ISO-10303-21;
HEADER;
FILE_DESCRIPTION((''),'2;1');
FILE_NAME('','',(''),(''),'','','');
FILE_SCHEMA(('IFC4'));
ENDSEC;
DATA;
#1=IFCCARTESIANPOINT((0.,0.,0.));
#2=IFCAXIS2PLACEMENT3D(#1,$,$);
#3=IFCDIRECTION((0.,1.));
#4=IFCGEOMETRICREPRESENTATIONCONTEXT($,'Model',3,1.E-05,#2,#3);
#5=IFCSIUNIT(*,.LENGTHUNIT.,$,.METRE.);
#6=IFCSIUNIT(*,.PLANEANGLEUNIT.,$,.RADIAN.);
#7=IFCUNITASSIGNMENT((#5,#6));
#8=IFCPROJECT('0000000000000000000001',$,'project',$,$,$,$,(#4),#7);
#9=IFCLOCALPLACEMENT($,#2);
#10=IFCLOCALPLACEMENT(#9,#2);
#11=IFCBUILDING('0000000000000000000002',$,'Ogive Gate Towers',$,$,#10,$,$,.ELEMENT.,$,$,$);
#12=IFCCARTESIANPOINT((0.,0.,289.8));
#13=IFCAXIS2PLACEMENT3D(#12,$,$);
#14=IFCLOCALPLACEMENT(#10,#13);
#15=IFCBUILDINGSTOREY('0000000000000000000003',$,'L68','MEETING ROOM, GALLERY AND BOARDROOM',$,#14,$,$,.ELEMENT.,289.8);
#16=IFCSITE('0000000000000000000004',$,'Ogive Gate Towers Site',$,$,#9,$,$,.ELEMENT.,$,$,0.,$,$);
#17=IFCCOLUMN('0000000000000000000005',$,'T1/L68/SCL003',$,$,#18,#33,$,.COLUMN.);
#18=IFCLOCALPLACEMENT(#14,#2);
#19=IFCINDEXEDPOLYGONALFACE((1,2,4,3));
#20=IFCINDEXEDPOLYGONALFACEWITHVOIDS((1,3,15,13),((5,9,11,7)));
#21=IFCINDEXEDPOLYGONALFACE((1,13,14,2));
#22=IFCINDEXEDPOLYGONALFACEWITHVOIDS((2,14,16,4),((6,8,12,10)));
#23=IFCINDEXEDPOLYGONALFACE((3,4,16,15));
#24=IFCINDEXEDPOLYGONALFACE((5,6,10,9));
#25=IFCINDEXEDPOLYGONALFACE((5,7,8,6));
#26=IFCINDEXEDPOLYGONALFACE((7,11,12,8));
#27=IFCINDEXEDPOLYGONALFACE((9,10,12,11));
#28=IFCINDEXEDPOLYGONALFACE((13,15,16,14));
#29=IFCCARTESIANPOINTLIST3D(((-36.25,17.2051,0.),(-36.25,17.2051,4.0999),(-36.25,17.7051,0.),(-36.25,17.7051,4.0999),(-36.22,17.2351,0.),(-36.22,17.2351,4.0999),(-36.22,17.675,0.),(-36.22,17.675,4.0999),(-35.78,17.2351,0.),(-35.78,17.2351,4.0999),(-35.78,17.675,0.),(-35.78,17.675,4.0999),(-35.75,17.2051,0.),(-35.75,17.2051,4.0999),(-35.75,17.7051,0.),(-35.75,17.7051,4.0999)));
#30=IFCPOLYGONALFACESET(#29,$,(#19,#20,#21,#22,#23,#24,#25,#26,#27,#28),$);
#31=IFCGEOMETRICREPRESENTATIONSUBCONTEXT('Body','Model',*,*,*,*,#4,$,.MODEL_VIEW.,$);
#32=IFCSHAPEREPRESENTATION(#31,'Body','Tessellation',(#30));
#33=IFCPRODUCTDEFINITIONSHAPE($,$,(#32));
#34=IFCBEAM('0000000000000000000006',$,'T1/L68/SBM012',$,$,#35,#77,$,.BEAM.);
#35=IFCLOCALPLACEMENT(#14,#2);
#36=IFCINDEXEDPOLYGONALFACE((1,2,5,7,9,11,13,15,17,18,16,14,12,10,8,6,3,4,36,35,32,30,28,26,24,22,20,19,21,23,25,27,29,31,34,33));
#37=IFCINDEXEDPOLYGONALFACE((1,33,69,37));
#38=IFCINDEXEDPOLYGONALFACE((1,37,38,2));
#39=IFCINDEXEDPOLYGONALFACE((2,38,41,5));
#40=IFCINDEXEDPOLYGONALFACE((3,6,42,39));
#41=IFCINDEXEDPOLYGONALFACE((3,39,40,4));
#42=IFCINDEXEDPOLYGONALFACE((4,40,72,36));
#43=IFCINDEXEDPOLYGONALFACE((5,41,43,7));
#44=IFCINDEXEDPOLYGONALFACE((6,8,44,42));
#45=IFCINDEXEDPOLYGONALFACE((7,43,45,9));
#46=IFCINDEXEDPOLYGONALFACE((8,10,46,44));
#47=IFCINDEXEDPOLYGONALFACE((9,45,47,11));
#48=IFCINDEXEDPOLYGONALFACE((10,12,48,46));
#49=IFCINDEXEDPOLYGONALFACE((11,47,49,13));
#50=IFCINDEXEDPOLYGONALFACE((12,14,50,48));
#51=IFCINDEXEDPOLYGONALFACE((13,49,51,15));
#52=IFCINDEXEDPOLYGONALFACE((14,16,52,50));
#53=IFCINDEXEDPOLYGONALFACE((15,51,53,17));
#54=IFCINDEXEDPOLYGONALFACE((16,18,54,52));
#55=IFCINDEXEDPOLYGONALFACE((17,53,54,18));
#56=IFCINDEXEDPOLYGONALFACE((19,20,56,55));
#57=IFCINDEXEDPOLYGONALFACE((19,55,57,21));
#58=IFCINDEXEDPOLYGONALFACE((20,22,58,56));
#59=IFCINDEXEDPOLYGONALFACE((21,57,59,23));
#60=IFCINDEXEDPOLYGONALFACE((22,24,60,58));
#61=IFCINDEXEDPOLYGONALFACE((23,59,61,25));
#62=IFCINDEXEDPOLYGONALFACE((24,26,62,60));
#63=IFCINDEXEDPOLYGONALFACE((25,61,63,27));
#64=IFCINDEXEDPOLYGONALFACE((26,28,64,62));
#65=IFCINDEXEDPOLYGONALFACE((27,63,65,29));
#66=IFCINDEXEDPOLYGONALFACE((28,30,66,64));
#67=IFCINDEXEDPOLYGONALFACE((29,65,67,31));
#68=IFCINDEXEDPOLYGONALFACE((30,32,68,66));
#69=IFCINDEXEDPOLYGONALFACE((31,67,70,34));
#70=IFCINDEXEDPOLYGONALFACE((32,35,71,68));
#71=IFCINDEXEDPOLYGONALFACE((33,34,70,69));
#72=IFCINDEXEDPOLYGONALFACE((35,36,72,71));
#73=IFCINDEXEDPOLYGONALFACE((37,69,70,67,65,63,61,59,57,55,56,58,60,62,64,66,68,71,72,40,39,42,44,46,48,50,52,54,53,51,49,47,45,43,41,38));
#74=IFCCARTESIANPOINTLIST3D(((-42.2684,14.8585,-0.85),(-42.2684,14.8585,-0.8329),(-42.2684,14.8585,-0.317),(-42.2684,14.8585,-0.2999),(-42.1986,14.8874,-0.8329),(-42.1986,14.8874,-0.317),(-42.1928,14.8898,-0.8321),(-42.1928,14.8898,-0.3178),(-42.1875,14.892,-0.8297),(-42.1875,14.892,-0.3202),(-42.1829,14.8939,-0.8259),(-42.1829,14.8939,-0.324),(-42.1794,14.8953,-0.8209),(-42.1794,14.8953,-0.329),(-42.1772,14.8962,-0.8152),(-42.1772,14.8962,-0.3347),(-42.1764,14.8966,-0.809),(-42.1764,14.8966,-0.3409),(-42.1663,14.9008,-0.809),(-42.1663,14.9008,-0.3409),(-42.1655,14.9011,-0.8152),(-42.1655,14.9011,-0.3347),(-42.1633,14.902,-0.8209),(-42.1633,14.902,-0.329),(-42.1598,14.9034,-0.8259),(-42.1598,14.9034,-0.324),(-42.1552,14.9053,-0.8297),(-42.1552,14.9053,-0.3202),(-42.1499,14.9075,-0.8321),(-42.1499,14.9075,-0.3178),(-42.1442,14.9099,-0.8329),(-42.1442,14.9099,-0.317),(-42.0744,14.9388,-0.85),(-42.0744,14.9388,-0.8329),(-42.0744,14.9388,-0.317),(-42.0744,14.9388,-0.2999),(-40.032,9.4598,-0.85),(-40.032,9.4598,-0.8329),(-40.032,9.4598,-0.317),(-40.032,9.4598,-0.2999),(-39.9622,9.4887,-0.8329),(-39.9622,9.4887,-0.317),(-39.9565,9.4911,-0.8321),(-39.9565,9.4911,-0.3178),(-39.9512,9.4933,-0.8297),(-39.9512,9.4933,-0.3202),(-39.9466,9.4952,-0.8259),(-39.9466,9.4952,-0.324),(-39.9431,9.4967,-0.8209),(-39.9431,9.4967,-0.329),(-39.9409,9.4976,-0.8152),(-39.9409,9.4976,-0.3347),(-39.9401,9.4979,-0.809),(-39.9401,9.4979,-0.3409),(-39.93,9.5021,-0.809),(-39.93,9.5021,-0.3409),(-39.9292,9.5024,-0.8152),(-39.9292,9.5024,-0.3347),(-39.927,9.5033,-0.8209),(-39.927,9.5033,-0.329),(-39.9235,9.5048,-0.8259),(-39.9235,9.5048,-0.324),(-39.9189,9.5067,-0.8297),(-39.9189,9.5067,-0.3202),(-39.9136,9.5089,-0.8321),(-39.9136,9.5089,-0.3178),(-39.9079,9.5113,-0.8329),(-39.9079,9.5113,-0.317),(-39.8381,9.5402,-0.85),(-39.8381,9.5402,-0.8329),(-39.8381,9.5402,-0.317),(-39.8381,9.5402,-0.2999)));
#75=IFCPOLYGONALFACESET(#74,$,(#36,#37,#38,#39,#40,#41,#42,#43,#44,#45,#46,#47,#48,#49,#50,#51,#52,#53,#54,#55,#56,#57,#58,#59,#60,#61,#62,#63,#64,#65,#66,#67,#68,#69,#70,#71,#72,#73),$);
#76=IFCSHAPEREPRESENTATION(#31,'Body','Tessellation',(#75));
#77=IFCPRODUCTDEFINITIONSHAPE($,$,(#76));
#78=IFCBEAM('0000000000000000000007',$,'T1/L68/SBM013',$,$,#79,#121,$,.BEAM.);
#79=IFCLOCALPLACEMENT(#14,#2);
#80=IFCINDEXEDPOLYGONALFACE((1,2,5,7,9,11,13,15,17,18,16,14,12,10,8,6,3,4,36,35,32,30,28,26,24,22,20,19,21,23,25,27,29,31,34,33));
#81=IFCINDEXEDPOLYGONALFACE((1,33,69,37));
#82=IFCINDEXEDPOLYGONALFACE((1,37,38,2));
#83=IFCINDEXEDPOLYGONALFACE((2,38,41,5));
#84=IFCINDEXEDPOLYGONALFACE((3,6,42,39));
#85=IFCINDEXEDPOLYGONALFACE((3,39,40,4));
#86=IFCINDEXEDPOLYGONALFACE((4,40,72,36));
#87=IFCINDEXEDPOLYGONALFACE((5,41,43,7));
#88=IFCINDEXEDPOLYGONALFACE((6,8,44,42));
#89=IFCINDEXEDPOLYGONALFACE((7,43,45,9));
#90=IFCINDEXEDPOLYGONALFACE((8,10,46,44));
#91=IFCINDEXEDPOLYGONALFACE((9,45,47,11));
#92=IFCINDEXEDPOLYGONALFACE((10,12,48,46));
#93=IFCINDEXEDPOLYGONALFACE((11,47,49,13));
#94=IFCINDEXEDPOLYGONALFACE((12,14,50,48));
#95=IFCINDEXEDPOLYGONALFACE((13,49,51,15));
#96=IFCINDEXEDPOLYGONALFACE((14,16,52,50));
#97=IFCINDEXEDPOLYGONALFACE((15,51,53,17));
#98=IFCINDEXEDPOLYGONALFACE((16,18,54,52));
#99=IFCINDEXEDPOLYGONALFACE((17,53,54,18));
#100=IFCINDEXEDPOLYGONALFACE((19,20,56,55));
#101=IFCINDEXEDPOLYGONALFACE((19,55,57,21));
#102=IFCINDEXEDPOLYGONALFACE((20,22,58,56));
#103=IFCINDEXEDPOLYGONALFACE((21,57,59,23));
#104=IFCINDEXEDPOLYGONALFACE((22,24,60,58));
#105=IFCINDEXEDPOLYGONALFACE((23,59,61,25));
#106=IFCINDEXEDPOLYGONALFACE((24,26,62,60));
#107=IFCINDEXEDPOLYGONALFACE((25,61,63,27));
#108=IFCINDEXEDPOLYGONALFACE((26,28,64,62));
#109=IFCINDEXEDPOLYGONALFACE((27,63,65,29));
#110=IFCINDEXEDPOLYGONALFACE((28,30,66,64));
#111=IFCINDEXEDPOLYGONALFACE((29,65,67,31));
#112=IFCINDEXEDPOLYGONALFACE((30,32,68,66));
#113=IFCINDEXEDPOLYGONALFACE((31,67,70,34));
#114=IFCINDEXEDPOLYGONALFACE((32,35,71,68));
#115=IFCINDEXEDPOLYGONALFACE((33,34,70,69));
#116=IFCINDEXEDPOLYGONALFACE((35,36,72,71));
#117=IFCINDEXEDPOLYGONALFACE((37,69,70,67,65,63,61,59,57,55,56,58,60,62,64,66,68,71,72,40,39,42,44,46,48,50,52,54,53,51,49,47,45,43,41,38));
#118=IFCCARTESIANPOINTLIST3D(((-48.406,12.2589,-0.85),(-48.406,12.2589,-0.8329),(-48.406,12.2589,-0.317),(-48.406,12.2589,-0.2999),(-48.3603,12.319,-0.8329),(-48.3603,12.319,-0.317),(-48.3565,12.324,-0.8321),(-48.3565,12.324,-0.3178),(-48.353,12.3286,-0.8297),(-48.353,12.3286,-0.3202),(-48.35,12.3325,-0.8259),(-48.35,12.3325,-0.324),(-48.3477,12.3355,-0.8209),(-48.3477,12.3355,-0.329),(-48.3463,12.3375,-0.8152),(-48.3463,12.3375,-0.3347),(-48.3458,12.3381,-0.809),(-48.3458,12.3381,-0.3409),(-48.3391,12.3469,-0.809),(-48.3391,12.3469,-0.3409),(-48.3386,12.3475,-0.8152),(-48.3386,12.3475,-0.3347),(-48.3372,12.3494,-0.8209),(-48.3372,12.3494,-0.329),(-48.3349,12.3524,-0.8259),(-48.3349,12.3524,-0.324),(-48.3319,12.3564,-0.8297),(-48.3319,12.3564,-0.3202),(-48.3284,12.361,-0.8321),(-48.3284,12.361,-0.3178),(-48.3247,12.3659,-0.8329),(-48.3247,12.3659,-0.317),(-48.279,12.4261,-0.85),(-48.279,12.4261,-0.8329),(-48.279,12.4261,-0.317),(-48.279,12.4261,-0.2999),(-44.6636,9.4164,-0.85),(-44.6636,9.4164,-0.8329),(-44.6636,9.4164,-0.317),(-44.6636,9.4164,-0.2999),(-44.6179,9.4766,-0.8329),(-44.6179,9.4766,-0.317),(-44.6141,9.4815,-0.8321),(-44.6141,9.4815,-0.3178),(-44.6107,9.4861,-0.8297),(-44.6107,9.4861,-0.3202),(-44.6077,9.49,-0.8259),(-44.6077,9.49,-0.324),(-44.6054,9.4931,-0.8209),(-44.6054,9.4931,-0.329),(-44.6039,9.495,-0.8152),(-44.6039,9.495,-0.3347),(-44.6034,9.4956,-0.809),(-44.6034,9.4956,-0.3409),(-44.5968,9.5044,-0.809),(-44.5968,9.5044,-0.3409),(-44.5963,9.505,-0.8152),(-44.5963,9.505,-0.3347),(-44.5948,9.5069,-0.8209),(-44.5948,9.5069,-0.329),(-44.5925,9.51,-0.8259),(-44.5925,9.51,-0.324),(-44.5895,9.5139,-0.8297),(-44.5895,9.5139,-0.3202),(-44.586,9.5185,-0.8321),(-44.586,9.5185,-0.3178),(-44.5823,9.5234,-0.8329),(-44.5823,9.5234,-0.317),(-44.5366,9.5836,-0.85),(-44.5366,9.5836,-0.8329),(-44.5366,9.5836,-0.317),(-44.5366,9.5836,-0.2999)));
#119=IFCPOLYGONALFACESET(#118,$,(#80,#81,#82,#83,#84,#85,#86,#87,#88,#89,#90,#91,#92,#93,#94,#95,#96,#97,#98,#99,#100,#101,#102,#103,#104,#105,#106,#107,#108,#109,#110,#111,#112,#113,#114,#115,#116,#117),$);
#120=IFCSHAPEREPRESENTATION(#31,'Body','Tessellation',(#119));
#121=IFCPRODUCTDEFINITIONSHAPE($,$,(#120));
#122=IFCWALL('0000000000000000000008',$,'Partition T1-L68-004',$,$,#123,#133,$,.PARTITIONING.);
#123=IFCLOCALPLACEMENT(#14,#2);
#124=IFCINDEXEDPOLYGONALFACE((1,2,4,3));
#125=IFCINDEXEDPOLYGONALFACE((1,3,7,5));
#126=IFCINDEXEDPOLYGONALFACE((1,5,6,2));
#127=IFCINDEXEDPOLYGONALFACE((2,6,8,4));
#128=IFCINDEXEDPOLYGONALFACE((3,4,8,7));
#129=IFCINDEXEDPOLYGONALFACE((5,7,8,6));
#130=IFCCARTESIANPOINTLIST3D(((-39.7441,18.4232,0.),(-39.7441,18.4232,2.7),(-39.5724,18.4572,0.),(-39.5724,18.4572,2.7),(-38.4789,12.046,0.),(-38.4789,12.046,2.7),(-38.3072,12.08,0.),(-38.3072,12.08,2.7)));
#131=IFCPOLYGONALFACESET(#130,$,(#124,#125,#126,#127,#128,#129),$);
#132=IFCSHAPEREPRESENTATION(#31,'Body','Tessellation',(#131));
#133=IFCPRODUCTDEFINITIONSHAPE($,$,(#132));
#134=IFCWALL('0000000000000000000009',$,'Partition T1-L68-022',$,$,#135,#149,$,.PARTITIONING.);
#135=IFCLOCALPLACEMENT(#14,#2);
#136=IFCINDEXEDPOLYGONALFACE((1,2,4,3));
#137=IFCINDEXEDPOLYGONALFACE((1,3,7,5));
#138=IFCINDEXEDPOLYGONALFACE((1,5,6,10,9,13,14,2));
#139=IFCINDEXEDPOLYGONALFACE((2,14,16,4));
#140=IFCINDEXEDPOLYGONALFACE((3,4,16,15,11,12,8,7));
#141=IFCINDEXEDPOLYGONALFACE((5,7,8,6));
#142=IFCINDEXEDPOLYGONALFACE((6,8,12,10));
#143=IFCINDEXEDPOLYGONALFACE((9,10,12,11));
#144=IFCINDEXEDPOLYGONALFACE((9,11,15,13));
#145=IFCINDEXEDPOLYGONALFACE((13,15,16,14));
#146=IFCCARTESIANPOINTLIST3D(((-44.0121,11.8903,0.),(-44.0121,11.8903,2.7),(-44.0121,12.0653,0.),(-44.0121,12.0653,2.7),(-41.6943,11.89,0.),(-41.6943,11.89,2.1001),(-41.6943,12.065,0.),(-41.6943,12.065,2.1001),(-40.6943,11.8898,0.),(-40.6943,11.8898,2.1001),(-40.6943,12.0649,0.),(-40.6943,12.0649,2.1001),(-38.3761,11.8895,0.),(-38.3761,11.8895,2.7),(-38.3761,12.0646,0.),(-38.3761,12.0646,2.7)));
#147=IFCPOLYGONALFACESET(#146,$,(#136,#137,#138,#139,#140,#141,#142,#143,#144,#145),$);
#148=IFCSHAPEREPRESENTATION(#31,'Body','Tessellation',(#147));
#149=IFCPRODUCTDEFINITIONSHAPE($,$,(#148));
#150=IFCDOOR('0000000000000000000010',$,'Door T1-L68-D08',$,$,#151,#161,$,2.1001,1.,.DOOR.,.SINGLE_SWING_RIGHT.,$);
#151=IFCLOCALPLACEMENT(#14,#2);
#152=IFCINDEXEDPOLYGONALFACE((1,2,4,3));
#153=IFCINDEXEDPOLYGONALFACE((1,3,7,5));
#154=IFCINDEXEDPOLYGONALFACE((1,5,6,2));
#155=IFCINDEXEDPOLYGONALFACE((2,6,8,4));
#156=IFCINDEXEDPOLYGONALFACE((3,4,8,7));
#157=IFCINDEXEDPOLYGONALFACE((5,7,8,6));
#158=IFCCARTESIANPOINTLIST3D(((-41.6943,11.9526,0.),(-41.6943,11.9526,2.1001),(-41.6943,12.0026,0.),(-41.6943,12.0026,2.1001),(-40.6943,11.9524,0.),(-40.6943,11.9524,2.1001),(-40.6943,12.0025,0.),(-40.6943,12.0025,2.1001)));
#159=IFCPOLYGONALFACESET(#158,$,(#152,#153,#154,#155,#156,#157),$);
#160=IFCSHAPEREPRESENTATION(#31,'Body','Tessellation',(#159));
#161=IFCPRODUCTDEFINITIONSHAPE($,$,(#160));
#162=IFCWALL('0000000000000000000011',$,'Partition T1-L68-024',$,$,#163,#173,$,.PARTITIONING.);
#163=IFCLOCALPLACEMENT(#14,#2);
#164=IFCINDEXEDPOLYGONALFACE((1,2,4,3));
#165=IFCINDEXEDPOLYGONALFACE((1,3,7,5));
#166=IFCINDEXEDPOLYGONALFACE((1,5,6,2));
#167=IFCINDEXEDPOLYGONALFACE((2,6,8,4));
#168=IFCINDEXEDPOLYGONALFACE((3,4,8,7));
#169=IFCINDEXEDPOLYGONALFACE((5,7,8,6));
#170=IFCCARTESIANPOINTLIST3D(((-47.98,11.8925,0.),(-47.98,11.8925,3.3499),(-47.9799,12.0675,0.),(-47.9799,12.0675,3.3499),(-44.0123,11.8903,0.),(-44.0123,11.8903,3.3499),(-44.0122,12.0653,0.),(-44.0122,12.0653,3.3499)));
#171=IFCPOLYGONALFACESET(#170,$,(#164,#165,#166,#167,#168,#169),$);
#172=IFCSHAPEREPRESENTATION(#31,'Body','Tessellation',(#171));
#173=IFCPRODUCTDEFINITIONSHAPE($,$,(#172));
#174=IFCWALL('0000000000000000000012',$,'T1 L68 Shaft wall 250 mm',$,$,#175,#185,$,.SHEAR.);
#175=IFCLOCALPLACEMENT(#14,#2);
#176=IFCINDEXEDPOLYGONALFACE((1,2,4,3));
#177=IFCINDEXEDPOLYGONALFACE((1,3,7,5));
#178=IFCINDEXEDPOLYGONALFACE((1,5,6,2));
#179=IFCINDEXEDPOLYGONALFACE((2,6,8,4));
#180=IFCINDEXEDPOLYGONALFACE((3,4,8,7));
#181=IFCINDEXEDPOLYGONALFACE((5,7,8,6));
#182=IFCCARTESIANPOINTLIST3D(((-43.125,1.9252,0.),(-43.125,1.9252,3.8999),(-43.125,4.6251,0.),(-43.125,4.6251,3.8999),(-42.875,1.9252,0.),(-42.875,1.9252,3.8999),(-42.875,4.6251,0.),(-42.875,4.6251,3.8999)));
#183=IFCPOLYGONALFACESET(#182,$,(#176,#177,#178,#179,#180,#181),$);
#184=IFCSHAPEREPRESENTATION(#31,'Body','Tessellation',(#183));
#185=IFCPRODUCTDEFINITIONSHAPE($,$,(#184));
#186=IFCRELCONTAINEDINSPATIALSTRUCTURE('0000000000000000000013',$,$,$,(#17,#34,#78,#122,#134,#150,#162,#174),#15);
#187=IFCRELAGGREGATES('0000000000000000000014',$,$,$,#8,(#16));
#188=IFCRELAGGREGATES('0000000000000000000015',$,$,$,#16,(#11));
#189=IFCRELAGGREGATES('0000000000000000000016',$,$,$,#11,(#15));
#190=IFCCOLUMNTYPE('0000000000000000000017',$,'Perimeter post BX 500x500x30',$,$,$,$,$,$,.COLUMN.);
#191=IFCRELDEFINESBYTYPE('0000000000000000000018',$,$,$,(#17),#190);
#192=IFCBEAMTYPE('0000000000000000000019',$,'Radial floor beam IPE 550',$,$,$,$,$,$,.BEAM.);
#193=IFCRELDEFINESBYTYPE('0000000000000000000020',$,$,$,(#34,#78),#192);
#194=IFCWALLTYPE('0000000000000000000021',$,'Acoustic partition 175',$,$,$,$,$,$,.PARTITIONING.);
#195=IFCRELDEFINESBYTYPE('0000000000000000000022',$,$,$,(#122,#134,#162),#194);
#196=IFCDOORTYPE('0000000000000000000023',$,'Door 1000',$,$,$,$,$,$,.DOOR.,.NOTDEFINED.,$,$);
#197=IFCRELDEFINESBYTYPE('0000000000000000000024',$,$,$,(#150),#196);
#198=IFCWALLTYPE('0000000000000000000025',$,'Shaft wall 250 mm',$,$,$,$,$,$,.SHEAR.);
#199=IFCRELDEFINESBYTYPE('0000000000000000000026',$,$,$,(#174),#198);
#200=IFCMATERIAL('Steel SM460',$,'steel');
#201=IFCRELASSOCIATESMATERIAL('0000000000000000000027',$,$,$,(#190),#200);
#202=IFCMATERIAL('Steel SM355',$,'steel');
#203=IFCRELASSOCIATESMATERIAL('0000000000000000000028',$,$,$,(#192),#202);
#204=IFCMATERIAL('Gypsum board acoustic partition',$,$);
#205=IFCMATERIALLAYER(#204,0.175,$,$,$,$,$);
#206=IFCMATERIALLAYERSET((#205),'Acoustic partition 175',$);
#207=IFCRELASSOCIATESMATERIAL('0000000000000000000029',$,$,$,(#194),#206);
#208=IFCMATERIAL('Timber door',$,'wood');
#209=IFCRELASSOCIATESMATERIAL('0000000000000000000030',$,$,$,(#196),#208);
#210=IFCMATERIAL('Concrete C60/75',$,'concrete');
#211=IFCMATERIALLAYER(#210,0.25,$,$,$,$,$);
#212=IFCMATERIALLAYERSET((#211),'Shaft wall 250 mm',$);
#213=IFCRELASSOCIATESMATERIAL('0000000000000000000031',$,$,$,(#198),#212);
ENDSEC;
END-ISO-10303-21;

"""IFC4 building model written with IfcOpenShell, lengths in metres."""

from ifc_helpers import new_model, si_unit, direction, frame, frame_2d, origin, origin_2d, place, context, subcontext, project, spatial, rectangle, hollow_rectangle, i_section, extrude, material, layer, layer_set, material_profile, profile_set, type_object, element, fill, save


model = new_model("IFC4")

# Units and contexts
model_context = context("Model", 3, precision=1e-05, world=origin(), true_north=direction((0.0, 1.0)))
body_context = subcontext(model_context, "Body", "Model", "MODEL_VIEW")
ifc_project = project(units=[si_unit("LENGTHUNIT", "METRE"), si_unit("PLANEANGLEUNIT", "RADIAN")], contexts=[model_context])

# Site, building, storey
site_placement = place(None, origin())
site = spatial("IfcSite", under=ifc_project, at=site_placement, Name="Ogive Gate Towers Site", CompositionType="ELEMENT", RefElevation=0.0)
building_placement = place(site_placement, origin())
building = spatial("IfcBuilding", under=site, at=building_placement, Name="Ogive Gate Towers", CompositionType="ELEMENT")
storey_placement = place(building_placement, frame((0.0, 0.0, 289.8)))
storey = spatial("IfcBuildingStorey", under=building, at=storey_placement, Name="L68", Description="MEETING ROOM, GALLERY AND BOARDROOM", CompositionType="ELEMENT", Elevation=289.8)

# Column
ifc_material_1 = material(Name="Steel SM460", Category="steel")
ifc_material_profile_1 = material_profile(ifc_material_1, hollow_rectangle(XDim=0.5, YDim=0.5, WallThickness=0.03, at=origin_2d()), Name="BX 500x500x30")
ifc_profile_set_1 = profile_set([ifc_material_profile_1], Name="Steel SM460")
column_type = type_object("IfcColumnType", Name="Perimeter post BX 500x500x30", PredefinedType="COLUMN", material=ifc_profile_set_1)
column_placement = place(storey_placement, frame((-36.0, 17.4551, 0.0), z_axis=(0.0, 0.0, 1.0), x_axis=(1.0, 0.0, 0.0)))
element("IfcColumn", 1, at=column_placement, inside=storey, type_object=column_type, Name="T1/L68/SCL003", PredefinedType="COLUMN", context=body_context, shape_type="SweptSolid", body=[
    extrude(hollow_rectangle(XDim=0.5, YDim=0.5, WallThickness=0.03, at=origin_2d()), origin(), (0.0, 0.0, 1.0), 4.0999),
])

# Beams
ifc_material_2 = material(Name="Steel SM355", Category="steel")
ifc_material_profile_2 = material_profile(ifc_material_2, i_section(OverallWidth=0.21, OverallDepth=0.55, WebThickness=0.011, FlangeThickness=0.0171, FilletRadius=0.0239, at=origin_2d()), Name="IPE 550")
ifc_profile_set_2 = profile_set([ifc_material_profile_2], Name="Steel SM355")
beam_type = type_object("IfcBeamType", Name="Radial floor beam IPE 550", PredefinedType="BEAM", material=ifc_profile_set_2)
beam_1_placement = place(storey_placement, frame((-39.9351, 9.5, -0.575), z_axis=(-0.382701, 0.923872, 0.0), x_axis=(-0.923872, -0.382701, 0.0)))
element("IfcBeam", 2, at=beam_1_placement, inside=storey, type_object=beam_type, Name="T1/L68/SBM012", PredefinedType="BEAM", context=body_context, shape_type="SweptSolid", body=[
    extrude(i_section(OverallWidth=0.21, OverallDepth=0.55, WebThickness=0.011, FlangeThickness=0.0171, FilletRadius=0.0239, at=origin_2d()), origin(), (0.0, 0.0, 1.0), 5.8435),
])
beam_2_placement = place(storey_placement, frame((-44.6001, 9.5, -0.575), z_axis=(-0.796338, 0.604851, 0.0), x_axis=(-0.604851, -0.796338, 0.0)))
element("IfcBeam", 3, at=beam_2_placement, inside=storey, type_object=beam_type, Name="T1/L68/SBM013", PredefinedType="BEAM", context=body_context, shape_type="SweptSolid", body=[
    extrude(i_section(OverallWidth=0.21, OverallDepth=0.55, WebThickness=0.011, FlangeThickness=0.0171, FilletRadius=0.0239, at=origin_2d()), origin(), (0.0, 0.0, 1.0), 4.6995),
])

# Wall
ifc_material_3 = material(Name="Gypsum board acoustic partition")
ifc_layer_1 = layer(ifc_material_3, 0.175)
ifc_layer_set_1 = layer_set([ifc_layer_1], Name="Acoustic partition 175")
wall_type_1 = type_object("IfcWallType", Name="Acoustic partition 175", PredefinedType="PARTITIONING", material=ifc_layer_set_1)
wall_1_placement = place(storey_placement, frame((-39.6582, 18.4402, 0.0), z_axis=(0.0, 0.0, 1.0), x_axis=(0.194592, -0.980884, 0.0)))
element("IfcWall", 4, at=wall_1_placement, inside=storey, type_object=wall_type_1, Name="Partition T1-L68-004", PredefinedType="PARTITIONING", context=body_context, shape_type="SweptSolid", body=[
    extrude(rectangle(XDim=6.5015, YDim=0.175, at=frame_2d((3.2507, 0.0))), origin(), (0.0, 0.0, 1.0), 2.7),
])

# Wall, opening, door
wall_2_placement = place(storey_placement, frame((-38.3762, 11.9771, 0.0), z_axis=(0.0, 0.0, 1.0), x_axis=(-1.0, 0.00013, 0.0)))
wall_2 = element("IfcWall", 5, at=wall_2_placement, inside=storey, type_object=wall_type_1, Name="Partition T1-L68-022", PredefinedType="PARTITIONING", context=body_context, shape_type="SweptSolid", body=[
    extrude(rectangle(XDim=5.636, YDim=0.175, at=frame_2d((2.8179, 0.0))), origin(), (0.0, 0.0, 1.0), 2.7),
])
opening_1_placement = place(wall_2_placement, frame((2.3181, 0.0, 0.0)))
opening_1 = element("IfcOpeningElement", 6, at=opening_1_placement, cuts=wall_2, PredefinedType="OPENING", context=body_context, shape_type="SweptSolid", body=[
    extrude(rectangle(XDim=1.0, YDim=2.1001, at=frame_2d((0.5, 1.05))), frame((0.0, 0.0977, 0.0), z_axis=(0.0, -1.0, 0.0), x_axis=(1.0, 0.0, 0.0)), (0.0, 0.0, 1.0), 0.1951),
])
ifc_material_4 = material(Name="Timber door", Category="wood")
door_type_1 = type_object("IfcDoorType", Name="Door 1000", OperationType="NOTDEFINED", PredefinedType="DOOR", material=ifc_material_4)
door_1_placement = place(opening_1_placement, origin())
door_1 = element("IfcDoor", 7, at=door_1_placement, inside=storey, type_object=door_type_1, Name="Door T1-L68-D08", OperationType="SINGLE_SWING_RIGHT", OverallHeight=2.1001, OverallWidth=1.0, PredefinedType="DOOR", context=body_context, shape_type="SweptSolid", body=[
    extrude(rectangle(XDim=1.0, YDim=2.1001, at=frame_2d((0.5, 1.05))), frame((0.0, 0.0249, 0.0), z_axis=(0.0, -1.0, 0.0), x_axis=(1.0, 0.0, 0.0)), (0.0, 0.0, 1.0), 0.05),
])
fill(opening_1, door_1)

# Walls
wall_3_placement = place(storey_placement, frame((-44.0122, 11.9778, 0.0), z_axis=(0.0, 0.0, 1.0), x_axis=(-1.0, 0.000554, 0.0)))
element("IfcWall", 8, at=wall_3_placement, inside=storey, type_object=wall_type_1, Name="Partition T1-L68-024", PredefinedType="PARTITIONING", context=body_context, shape_type="SweptSolid", body=[
    extrude(rectangle(XDim=3.9678, YDim=0.175, at=frame_2d((1.9839, 0.0))), origin(), (0.0, 0.0, 1.0), 3.3499),
])
ifc_material_5 = material(Name="Concrete C60/75", Category="concrete")
ifc_layer_2 = layer(ifc_material_5, 0.25)
ifc_layer_set_2 = layer_set([ifc_layer_2], Name="Shaft wall 250 mm")
wall_type_2 = type_object("IfcWallType", Name="Shaft wall 250 mm", PredefinedType="SHEAR", material=ifc_layer_set_2)
for number, where, z_axis, x_axis, name in (
    (9, (-43.0, 1.925, 0.0), (0.0, 0.0, 1.0), (0.0, 1.0, 0.0), "T1 L68 Shaft wall 250 mm"),
):
    element("IfcWall", number, at=place(storey_placement, frame(where, z_axis=z_axis, x_axis=x_axis)), inside=storey, type_object=wall_type_2, Name=name, PredefinedType="SHEAR", context=body_context, shape_type="SweptSolid", body=[
        extrude(rectangle(XDim=2.7, YDim=0.25, at=frame_2d((1.3501, 0.0))), origin(), (0.0, 0.0, 1.0), 3.8999),
    ])

save(model, "model.ifc")
